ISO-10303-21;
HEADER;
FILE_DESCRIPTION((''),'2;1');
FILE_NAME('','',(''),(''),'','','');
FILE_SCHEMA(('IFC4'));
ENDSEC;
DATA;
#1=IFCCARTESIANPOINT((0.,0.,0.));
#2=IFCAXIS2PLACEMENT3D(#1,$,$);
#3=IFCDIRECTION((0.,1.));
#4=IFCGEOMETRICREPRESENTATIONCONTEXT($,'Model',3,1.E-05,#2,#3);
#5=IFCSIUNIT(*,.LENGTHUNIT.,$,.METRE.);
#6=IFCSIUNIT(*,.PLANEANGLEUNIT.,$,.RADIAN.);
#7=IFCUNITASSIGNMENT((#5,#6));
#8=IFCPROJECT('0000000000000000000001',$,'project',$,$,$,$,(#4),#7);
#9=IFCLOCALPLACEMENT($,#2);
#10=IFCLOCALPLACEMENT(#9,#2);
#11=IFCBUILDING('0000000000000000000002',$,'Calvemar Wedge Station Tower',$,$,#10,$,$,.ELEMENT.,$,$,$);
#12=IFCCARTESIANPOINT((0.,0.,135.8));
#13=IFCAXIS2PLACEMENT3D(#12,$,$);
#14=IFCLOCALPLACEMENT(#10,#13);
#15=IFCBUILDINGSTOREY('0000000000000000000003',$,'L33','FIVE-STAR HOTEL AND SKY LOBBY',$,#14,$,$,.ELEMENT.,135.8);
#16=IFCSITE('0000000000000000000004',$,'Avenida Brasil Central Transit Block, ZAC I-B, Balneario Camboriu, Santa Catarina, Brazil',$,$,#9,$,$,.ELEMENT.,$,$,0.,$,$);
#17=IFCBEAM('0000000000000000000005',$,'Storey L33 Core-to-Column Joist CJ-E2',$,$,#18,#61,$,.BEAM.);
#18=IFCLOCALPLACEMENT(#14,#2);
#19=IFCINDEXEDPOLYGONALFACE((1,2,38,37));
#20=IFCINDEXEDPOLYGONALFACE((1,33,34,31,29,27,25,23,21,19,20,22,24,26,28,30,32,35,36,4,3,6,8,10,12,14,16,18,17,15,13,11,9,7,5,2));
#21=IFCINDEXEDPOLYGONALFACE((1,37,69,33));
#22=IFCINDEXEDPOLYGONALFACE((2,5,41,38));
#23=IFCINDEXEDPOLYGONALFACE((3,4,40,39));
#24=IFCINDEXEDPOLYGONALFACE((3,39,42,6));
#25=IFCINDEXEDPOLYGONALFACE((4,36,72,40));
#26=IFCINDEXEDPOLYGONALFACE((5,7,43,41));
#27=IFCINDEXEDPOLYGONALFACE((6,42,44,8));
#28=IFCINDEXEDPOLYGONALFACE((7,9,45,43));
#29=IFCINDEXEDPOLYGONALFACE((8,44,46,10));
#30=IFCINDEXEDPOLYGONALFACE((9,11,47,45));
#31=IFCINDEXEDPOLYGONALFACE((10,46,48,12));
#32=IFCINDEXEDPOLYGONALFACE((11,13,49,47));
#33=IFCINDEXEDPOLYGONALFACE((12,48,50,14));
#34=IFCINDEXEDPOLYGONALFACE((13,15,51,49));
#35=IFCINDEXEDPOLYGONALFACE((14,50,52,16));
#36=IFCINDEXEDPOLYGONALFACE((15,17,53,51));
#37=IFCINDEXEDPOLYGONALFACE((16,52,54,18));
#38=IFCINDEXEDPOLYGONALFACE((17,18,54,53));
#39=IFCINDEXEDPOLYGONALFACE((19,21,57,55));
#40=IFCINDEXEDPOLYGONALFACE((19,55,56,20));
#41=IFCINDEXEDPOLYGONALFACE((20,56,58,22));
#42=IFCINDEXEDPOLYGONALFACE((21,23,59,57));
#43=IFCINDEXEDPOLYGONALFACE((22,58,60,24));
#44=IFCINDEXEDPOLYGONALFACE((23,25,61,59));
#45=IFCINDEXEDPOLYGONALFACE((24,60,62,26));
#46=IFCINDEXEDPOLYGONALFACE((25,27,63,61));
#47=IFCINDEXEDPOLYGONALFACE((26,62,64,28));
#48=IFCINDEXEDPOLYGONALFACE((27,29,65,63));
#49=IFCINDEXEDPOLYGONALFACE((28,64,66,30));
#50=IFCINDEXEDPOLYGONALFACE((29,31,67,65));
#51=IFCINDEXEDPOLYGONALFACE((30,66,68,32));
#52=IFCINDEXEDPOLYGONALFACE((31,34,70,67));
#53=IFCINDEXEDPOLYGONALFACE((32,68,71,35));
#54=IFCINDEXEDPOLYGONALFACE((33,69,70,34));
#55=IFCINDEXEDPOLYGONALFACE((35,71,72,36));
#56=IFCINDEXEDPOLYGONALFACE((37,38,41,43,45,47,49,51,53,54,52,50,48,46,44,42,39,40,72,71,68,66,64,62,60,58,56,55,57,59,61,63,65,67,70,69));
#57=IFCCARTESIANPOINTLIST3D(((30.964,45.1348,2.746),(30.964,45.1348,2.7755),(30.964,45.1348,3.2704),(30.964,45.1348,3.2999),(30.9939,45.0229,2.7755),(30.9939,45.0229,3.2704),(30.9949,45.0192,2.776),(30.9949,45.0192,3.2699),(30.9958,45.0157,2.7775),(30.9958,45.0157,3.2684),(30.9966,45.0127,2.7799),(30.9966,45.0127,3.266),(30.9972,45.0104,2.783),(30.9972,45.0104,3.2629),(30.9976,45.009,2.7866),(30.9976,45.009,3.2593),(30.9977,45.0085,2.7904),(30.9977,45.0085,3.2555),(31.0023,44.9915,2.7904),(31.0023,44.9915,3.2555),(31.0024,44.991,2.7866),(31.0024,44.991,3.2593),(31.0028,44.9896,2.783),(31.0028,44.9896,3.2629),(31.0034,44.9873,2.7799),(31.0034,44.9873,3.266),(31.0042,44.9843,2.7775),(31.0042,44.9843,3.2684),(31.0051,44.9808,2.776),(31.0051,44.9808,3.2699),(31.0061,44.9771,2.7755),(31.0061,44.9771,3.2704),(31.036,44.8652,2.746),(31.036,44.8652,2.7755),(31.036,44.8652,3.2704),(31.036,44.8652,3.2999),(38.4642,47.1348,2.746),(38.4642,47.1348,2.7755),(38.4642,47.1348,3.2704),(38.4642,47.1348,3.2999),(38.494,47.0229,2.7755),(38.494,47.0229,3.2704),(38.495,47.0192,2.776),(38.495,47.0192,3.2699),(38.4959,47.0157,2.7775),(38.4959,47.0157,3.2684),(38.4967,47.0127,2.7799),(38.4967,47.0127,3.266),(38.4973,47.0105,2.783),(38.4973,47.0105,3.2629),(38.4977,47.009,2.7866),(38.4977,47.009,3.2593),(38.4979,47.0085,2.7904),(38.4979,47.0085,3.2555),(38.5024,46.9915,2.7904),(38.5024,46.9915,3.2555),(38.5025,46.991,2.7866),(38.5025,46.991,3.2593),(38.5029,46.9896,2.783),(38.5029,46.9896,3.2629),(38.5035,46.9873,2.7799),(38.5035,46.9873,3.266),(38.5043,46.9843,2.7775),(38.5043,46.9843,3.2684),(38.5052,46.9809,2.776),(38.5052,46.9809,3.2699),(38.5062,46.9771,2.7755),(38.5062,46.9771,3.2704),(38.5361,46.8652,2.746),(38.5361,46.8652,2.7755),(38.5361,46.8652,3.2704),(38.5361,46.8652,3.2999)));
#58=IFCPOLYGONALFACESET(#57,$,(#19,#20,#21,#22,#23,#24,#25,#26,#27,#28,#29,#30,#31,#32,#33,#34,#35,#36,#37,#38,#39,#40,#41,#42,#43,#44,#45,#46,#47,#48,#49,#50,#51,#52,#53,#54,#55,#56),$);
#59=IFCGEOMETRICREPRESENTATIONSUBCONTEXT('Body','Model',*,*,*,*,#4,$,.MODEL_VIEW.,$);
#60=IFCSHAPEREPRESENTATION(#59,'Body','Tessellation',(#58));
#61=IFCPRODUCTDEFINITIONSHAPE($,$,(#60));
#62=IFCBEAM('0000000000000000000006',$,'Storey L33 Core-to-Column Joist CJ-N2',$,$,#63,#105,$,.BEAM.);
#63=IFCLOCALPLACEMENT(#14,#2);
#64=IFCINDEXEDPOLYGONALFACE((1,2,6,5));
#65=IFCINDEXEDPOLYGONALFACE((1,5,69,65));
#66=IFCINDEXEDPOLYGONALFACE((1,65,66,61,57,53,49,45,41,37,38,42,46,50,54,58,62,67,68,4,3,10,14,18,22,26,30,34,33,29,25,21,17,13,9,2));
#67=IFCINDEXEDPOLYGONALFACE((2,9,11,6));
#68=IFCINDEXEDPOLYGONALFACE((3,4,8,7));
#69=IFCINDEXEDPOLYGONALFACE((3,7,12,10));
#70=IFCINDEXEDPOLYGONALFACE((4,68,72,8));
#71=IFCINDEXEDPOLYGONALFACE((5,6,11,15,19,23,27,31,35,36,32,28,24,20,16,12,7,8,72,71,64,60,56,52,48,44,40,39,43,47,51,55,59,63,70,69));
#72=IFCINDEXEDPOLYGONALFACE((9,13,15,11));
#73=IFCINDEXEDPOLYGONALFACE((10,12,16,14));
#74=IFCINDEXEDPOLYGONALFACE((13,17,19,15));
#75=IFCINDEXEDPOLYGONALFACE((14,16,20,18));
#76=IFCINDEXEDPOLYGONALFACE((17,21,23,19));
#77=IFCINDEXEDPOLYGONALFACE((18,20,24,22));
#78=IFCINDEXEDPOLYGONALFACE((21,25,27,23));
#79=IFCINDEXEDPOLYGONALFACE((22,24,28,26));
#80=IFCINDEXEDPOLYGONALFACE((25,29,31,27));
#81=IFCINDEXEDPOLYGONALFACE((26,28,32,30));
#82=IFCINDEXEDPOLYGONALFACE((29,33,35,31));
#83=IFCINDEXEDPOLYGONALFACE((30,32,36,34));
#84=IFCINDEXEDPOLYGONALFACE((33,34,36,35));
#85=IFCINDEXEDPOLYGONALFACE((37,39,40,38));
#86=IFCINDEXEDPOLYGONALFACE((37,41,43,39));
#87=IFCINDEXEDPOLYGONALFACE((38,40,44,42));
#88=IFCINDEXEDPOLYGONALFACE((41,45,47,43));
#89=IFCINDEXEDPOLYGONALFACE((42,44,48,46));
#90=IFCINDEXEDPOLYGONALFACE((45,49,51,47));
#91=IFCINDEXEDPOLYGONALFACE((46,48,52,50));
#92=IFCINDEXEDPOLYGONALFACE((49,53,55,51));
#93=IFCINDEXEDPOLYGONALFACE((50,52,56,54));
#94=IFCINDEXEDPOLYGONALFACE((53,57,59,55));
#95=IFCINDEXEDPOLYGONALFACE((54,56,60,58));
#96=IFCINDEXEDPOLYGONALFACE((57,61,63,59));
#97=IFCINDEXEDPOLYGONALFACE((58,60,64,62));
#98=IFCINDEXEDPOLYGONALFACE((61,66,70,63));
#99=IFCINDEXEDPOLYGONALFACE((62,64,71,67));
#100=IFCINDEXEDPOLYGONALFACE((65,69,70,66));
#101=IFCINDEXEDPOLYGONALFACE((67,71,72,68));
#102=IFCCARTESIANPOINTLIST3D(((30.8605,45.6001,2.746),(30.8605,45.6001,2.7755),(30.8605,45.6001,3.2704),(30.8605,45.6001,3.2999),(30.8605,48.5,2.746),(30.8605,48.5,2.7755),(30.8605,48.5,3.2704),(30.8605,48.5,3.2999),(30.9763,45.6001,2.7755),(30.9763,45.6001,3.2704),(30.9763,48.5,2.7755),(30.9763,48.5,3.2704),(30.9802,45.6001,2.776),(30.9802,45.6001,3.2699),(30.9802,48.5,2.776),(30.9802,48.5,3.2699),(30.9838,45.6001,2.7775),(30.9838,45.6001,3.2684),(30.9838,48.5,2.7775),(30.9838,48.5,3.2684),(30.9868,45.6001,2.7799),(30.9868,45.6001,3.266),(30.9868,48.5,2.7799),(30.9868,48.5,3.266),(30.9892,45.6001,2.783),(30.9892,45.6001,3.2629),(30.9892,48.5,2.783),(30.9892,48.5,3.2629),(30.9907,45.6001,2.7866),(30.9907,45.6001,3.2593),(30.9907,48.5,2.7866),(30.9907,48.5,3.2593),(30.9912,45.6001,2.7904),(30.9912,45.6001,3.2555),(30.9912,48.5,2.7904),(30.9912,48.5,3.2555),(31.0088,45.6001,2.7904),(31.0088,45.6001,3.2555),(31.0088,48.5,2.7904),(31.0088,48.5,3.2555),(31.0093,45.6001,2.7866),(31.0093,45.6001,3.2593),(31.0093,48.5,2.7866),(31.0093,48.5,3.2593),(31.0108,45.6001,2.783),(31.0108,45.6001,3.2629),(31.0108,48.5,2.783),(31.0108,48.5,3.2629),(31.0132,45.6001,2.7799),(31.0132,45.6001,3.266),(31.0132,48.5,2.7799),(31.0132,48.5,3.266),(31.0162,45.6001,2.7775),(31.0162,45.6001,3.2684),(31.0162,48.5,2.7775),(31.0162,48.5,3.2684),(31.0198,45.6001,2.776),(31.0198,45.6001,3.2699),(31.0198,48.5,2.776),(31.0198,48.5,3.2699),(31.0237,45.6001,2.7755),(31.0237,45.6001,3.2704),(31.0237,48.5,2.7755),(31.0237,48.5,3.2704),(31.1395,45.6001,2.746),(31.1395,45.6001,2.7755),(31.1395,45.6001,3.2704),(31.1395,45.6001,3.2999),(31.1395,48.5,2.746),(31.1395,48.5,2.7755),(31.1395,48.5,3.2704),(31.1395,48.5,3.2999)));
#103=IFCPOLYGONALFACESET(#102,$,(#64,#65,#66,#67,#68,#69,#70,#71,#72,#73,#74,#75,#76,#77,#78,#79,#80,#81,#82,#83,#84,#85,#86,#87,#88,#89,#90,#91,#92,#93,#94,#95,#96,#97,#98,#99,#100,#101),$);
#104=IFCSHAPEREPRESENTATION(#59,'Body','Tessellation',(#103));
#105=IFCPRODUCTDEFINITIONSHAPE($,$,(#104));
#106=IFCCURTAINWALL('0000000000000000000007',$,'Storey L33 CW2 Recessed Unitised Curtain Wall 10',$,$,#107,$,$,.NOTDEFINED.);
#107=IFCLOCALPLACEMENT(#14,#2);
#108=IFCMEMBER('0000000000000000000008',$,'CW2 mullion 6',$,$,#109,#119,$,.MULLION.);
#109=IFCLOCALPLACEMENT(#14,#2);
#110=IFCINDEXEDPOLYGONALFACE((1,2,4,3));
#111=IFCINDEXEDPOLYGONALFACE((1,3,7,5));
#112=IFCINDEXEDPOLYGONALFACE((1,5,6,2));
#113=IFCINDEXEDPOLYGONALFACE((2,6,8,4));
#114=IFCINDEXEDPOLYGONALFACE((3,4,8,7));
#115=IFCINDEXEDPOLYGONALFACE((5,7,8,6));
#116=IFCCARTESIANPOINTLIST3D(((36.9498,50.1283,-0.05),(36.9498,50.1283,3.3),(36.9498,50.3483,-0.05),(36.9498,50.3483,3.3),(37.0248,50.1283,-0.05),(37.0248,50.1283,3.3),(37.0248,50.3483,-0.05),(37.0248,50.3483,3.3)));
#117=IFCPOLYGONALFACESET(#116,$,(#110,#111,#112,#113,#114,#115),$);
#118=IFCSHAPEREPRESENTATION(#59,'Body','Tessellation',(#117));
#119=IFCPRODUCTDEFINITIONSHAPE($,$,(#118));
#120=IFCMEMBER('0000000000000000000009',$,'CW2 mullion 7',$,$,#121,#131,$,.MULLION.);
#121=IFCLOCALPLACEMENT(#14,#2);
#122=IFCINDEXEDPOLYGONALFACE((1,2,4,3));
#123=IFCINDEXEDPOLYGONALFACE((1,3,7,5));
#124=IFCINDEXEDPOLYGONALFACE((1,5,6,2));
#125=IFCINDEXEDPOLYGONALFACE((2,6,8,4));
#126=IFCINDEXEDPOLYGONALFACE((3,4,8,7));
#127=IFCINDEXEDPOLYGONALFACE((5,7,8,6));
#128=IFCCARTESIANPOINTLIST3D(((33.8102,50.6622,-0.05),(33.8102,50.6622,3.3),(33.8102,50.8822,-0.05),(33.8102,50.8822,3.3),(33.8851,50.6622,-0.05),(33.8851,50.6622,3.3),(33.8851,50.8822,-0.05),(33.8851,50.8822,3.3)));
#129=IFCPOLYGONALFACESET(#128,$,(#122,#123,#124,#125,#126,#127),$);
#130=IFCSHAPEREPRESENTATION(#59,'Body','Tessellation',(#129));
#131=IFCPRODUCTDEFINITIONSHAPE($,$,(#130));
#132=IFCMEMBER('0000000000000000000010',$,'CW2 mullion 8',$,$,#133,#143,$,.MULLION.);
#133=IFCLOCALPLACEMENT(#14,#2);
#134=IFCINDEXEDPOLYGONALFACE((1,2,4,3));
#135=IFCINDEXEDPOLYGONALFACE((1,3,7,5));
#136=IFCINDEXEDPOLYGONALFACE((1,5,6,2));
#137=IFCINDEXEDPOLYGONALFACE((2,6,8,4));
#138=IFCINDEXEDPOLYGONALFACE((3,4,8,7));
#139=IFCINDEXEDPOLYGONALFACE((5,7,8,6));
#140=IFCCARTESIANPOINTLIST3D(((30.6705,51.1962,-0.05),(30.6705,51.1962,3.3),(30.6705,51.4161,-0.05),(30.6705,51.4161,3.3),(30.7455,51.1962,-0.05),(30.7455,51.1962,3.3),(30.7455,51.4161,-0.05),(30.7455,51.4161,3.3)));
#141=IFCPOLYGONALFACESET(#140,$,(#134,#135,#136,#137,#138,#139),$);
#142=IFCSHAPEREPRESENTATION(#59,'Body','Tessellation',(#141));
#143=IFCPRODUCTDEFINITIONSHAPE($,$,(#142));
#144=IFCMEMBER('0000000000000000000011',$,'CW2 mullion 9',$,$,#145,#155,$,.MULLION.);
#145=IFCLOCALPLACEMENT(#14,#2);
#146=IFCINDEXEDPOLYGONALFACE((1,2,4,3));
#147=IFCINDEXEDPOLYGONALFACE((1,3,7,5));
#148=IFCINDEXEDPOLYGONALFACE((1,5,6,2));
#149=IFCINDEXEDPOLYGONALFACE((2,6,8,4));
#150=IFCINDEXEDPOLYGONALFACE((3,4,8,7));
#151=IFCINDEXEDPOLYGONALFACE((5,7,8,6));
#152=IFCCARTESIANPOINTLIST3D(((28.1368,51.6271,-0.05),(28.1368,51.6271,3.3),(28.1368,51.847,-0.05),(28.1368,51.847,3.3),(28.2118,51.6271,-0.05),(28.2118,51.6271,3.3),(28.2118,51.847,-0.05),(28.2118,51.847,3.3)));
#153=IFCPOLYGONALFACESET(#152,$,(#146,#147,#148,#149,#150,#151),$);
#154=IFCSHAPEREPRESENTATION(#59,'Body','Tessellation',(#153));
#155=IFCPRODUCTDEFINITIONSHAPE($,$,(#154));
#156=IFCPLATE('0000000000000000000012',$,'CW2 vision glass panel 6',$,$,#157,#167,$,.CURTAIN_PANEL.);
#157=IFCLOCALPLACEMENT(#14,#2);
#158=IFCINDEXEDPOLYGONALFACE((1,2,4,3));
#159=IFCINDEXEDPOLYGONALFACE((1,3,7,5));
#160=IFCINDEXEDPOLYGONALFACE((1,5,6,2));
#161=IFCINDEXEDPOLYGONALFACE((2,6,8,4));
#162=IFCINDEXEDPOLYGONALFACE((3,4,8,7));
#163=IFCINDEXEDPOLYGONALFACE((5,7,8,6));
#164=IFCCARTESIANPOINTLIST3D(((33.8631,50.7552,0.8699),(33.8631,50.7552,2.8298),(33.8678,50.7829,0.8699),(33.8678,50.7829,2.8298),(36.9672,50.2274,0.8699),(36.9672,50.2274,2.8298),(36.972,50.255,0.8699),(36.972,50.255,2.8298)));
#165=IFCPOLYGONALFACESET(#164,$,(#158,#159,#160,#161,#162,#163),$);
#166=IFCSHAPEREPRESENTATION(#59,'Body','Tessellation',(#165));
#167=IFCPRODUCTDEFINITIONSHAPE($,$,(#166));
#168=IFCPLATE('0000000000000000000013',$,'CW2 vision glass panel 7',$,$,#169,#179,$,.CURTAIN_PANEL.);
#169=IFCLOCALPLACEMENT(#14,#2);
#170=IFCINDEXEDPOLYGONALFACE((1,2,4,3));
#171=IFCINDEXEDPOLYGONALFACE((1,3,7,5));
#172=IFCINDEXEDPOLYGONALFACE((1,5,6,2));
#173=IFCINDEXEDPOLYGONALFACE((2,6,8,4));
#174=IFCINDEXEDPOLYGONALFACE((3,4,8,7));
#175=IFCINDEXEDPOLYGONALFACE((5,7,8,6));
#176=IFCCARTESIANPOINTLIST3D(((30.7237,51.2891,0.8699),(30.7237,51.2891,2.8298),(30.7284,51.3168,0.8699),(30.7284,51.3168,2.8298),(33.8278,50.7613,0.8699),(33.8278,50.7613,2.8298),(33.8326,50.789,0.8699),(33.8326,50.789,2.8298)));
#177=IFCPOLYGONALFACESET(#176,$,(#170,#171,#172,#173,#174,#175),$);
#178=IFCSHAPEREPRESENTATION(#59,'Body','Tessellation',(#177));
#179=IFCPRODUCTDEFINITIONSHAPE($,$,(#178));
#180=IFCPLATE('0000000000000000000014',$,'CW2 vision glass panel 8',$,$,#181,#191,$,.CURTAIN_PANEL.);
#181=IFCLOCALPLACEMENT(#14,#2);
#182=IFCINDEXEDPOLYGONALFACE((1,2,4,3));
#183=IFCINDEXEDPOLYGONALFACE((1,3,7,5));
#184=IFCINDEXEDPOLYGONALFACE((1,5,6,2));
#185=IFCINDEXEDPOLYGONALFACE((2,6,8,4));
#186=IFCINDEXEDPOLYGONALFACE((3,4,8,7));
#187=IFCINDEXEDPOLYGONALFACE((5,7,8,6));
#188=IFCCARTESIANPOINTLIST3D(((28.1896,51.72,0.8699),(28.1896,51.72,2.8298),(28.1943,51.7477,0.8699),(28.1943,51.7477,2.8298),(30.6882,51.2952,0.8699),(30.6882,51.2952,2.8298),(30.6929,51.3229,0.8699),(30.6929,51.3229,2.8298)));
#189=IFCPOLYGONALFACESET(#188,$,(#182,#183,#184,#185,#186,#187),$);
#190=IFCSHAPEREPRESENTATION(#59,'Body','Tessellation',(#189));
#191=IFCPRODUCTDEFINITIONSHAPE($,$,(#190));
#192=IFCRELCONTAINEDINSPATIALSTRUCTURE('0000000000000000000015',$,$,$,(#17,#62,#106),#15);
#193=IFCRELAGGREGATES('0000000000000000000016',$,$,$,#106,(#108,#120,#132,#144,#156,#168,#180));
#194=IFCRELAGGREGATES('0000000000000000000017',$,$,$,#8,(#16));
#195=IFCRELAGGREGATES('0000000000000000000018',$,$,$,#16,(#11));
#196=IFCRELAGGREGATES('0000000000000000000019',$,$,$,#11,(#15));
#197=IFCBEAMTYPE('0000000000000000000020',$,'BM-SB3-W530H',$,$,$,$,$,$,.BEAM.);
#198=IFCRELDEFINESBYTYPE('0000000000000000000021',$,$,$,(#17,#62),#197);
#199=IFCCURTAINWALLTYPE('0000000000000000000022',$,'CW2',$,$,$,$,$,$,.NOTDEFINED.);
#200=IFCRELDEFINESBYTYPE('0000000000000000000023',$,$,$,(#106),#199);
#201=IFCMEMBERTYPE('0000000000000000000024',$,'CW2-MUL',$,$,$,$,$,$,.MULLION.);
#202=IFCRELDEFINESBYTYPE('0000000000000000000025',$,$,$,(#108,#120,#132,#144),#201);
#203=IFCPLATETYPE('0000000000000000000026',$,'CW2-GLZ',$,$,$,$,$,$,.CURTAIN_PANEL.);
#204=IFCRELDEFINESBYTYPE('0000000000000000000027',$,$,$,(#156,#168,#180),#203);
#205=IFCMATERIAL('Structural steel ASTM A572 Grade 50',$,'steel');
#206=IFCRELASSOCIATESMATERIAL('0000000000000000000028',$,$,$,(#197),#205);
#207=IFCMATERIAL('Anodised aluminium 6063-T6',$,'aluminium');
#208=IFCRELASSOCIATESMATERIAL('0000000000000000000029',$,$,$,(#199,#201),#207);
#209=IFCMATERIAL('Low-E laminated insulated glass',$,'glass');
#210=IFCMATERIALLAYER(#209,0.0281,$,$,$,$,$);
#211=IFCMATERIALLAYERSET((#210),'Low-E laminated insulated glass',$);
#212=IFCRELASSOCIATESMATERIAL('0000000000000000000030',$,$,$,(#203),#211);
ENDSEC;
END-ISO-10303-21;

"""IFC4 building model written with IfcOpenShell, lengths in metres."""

from ifc_helpers import new_model, si_unit, direction, frame, frame_2d, origin, origin_2d, place, context, subcontext, project, spatial, rectangle, i_section, extrude, source, transform, mapped, material, layer, layer_set, material_profile, profile_set, type_object, element, aggregate, save


model = new_model("IFC4")

# Units and contexts
model_context = context("Model", 3, precision=1e-05, world=origin(), true_north=direction((0.0, 1.0)))
body_context = subcontext(model_context, "Body", "Model", "MODEL_VIEW")
ifc_project = project(units=[si_unit("LENGTHUNIT", "METRE"), si_unit("PLANEANGLEUNIT", "RADIAN")], contexts=[model_context])

# Site, building, storey
site_placement = place(None, origin())
site = spatial("IfcSite", under=ifc_project, at=site_placement, Name="Avenida Brasil Central Transit Block, ZAC I-B, Balneario Camboriu, Santa Catarina, Brazil", CompositionType="ELEMENT", RefElevation=0.0)
building_placement = place(site_placement, origin())
building = spatial("IfcBuilding", under=site, at=building_placement, Name="Calvemar Wedge Station Tower", CompositionType="ELEMENT")
storey_placement = place(building_placement, frame((0.0, 0.0, 135.8)))
storey = spatial("IfcBuildingStorey", under=building, at=storey_placement, Name="L33", Description="FIVE-STAR HOTEL AND SKY LOBBY", CompositionType="ELEMENT", Elevation=135.8)

# Beams
ifc_material_1 = material(Name="Structural steel ASTM A572 Grade 50", Category="steel")
ifc_material_profile_1 = material_profile(ifc_material_1, i_section(OverallWidth=0.2791, OverallDepth=0.554, WebThickness=0.0176, FlangeThickness=0.0295, FilletRadius=0.0149, at=origin_2d()), Name="W530x196")
ifc_profile_set_1 = profile_set([ifc_material_profile_1], Name="Structural steel ASTM A572 Grade 50")
beam_type_1 = type_object("IfcBeamType", Name="BM-SB3-W530H", PredefinedType="BEAM", material=ifc_profile_set_1)
shared_shape_1 = source(origin(), body_context, "Body", "SweptSolid", [
    extrude(i_section(OverallWidth=0.2791, OverallDepth=0.554, WebThickness=0.0176, FlangeThickness=0.0295, FilletRadius=0.0149, at=origin_2d()), origin(), (0.0, 0.0, 1.0), 7.7622),
])
beam_1_placement = place(storey_placement, frame((31.0, 45.0, 3.0229), z_axis=(0.966235, 0.257663, 0.0), x_axis=(-0.257663, 0.966235, 0.0)))
element("IfcBeam", 1, at=beam_1_placement, inside=storey, type_object=beam_type_1, Name="Storey L33 Core-to-Column Joist CJ-E2", PredefinedType="BEAM", context=body_context, shape_type="MappedRepresentation", body=[
    mapped(shared_shape_1, transform((0.0, 0.0, 0.0), scale=1.0)),
])
shared_shape_2 = source(origin(), body_context, "Body", "SweptSolid", [
    extrude(i_section(OverallWidth=0.2791, OverallDepth=0.554, WebThickness=0.0176, FlangeThickness=0.0295, FilletRadius=0.0149, at=origin_2d()), origin(), (0.0, 0.0, 1.0), 2.8999),
])
beam_2_placement = place(storey_placement, frame((31.0, 45.6001, 3.0229), z_axis=(0.0, 1.0, 0.0), x_axis=(-1.0, 0.0, 0.0)))
element("IfcBeam", 2, at=beam_2_placement, inside=storey, type_object=beam_type_1, Name="Storey L33 Core-to-Column Joist CJ-N2", PredefinedType="BEAM", context=body_context, shape_type="MappedRepresentation", body=[
    mapped(shared_shape_2, transform((0.0, 0.0, 0.0), scale=1.0)),
])

# Curtain wall, members, plates
ifc_material_2 = material(Name="Anodised aluminium 6063-T6", Category="aluminium")
curtain_wall_type = type_object("IfcCurtainWallType", Name="CW2", PredefinedType="NOTDEFINED", material=ifc_material_2)
curtain_wall_placement = place(storey_placement, origin())
curtain_wall = element("IfcCurtainWall", 3, at=curtain_wall_placement, inside=storey, type_object=curtain_wall_type, Name="Storey L33 CW2 Recessed Unitised Curtain Wall 10", PredefinedType="NOTDEFINED")
ifc_material_profile_2 = material_profile(ifc_material_2, rectangle(XDim=0.075, YDim=0.22, at=origin_2d()), Name="AL-MUL-75x220")
ifc_profile_set_2 = profile_set([ifc_material_profile_2], Name="Anodised aluminium 6063-T6")
member_type = type_object("IfcMemberType", Name="CW2-MUL", PredefinedType="MULLION", material=ifc_profile_set_2)
shared_shape_3 = source(origin(), body_context, "Body", "SweptSolid", [
    extrude(rectangle(XDim=0.075, YDim=0.22, at=origin_2d()), origin(), (0.0, 0.0, 1.0), 3.3501),
])
member_1_placement = place(storey_placement, frame((36.9873, 50.2383, -0.05), z_axis=(0.0, 0.0, 1.0), x_axis=(1.0, 0.0, 0.0)))
member_1 = element("IfcMember", 4, at=member_1_placement, type_object=member_type, Name="CW2 mullion 6", PredefinedType="MULLION", context=body_context, shape_type="MappedRepresentation", body=[
    mapped(shared_shape_3, transform((0.0, 0.0, 0.0), scale=1.0)),
])
member_2_placement = place(storey_placement, frame((33.8477, 50.7722, -0.05), z_axis=(0.0, 0.0, 1.0), x_axis=(1.0, 0.0, 0.0)))
member_2 = element("IfcMember", 5, at=member_2_placement, type_object=member_type, Name="CW2 mullion 7", PredefinedType="MULLION", context=body_context, shape_type="MappedRepresentation", body=[
    mapped(shared_shape_3, transform((0.0, 0.0, 0.0), scale=1.0)),
])
member_3_placement = place(storey_placement, frame((30.708, 51.3062, -0.05), z_axis=(0.0, 0.0, 1.0), x_axis=(1.0, 0.0, 0.0)))
member_3 = element("IfcMember", 6, at=member_3_placement, type_object=member_type, Name="CW2 mullion 8", PredefinedType="MULLION", context=body_context, shape_type="MappedRepresentation", body=[
    mapped(shared_shape_3, transform((0.0, 0.0, 0.0), scale=1.0)),
])
member_4_placement = place(storey_placement, frame((28.1743, 51.7371, -0.05), z_axis=(0.0, 0.0, 1.0), x_axis=(1.0, 0.0, 0.0)))
member_4 = element("IfcMember", 7, at=member_4_placement, type_object=member_type, Name="CW2 mullion 9", PredefinedType="MULLION", context=body_context, shape_type="MappedRepresentation", body=[
    mapped(shared_shape_3, transform((0.0, 0.0, 0.0), scale=1.0)),
])
ifc_material_3 = material(Name="Low-E laminated insulated glass", Category="glass")
ifc_layer_1 = layer(ifc_material_3, 0.0281)
ifc_layer_set_1 = layer_set([ifc_layer_1], Name="Low-E laminated insulated glass")
plate_type_1 = type_object("IfcPlateType", Name="CW2-GLZ", PredefinedType="CURTAIN_PANEL", material=ifc_layer_set_1)
plate_1_placement = place(storey_placement, frame((36.9695, 50.2412, 0.8699), z_axis=(0.0, 0.0, 1.0), x_axis=(-0.985848, 0.167642, 0.0)))
plate_1 = element("IfcPlate", 8, at=plate_1_placement, type_object=plate_type_1, Name="CW2 vision glass panel 6", PredefinedType="CURTAIN_PANEL", context=body_context, shape_type="SweptSolid", body=[
    extrude(rectangle(XDim=3.1487, YDim=0.0281, at=frame_2d((1.5742, 0.0))), origin(), (0.0, 0.0, 1.0), 1.96),
])
plate_2_placement = place(storey_placement, frame((33.8301, 50.7751, 0.8699), z_axis=(0.0, 0.0, 1.0), x_axis=(-0.98585, 0.167629, 0.0)))
plate_2 = element("IfcPlate", 9, at=plate_2_placement, type_object=plate_type_1, Name="CW2 vision glass panel 7", PredefinedType="CURTAIN_PANEL", context=body_context, shape_type="SweptSolid", body=[
    extrude(rectangle(XDim=3.1487, YDim=0.0281, at=frame_2d((1.5742, 0.0))), origin(), (0.0, 0.0, 1.0), 1.96),
])
plate_3_placement = place(storey_placement, frame((30.6904, 51.3091, 0.8699), z_axis=(0.0, 0.0, 1.0), x_axis=(-0.985852, 0.167616, 0.0)))
plate_3 = element("IfcPlate", 10, at=plate_3_placement, type_object=plate_type_1, Name="CW2 vision glass panel 8", PredefinedType="CURTAIN_PANEL", context=body_context, shape_type="SweptSolid", body=[
    extrude(rectangle(XDim=2.5344, YDim=0.0281, at=frame_2d((1.2671, 0.0))), origin(), (0.0, 0.0, 1.0), 1.96),
])
aggregate(curtain_wall, [member_1, member_2, member_3, member_4, plate_1, plate_2, plate_3])

save(model, "model.ifc")
